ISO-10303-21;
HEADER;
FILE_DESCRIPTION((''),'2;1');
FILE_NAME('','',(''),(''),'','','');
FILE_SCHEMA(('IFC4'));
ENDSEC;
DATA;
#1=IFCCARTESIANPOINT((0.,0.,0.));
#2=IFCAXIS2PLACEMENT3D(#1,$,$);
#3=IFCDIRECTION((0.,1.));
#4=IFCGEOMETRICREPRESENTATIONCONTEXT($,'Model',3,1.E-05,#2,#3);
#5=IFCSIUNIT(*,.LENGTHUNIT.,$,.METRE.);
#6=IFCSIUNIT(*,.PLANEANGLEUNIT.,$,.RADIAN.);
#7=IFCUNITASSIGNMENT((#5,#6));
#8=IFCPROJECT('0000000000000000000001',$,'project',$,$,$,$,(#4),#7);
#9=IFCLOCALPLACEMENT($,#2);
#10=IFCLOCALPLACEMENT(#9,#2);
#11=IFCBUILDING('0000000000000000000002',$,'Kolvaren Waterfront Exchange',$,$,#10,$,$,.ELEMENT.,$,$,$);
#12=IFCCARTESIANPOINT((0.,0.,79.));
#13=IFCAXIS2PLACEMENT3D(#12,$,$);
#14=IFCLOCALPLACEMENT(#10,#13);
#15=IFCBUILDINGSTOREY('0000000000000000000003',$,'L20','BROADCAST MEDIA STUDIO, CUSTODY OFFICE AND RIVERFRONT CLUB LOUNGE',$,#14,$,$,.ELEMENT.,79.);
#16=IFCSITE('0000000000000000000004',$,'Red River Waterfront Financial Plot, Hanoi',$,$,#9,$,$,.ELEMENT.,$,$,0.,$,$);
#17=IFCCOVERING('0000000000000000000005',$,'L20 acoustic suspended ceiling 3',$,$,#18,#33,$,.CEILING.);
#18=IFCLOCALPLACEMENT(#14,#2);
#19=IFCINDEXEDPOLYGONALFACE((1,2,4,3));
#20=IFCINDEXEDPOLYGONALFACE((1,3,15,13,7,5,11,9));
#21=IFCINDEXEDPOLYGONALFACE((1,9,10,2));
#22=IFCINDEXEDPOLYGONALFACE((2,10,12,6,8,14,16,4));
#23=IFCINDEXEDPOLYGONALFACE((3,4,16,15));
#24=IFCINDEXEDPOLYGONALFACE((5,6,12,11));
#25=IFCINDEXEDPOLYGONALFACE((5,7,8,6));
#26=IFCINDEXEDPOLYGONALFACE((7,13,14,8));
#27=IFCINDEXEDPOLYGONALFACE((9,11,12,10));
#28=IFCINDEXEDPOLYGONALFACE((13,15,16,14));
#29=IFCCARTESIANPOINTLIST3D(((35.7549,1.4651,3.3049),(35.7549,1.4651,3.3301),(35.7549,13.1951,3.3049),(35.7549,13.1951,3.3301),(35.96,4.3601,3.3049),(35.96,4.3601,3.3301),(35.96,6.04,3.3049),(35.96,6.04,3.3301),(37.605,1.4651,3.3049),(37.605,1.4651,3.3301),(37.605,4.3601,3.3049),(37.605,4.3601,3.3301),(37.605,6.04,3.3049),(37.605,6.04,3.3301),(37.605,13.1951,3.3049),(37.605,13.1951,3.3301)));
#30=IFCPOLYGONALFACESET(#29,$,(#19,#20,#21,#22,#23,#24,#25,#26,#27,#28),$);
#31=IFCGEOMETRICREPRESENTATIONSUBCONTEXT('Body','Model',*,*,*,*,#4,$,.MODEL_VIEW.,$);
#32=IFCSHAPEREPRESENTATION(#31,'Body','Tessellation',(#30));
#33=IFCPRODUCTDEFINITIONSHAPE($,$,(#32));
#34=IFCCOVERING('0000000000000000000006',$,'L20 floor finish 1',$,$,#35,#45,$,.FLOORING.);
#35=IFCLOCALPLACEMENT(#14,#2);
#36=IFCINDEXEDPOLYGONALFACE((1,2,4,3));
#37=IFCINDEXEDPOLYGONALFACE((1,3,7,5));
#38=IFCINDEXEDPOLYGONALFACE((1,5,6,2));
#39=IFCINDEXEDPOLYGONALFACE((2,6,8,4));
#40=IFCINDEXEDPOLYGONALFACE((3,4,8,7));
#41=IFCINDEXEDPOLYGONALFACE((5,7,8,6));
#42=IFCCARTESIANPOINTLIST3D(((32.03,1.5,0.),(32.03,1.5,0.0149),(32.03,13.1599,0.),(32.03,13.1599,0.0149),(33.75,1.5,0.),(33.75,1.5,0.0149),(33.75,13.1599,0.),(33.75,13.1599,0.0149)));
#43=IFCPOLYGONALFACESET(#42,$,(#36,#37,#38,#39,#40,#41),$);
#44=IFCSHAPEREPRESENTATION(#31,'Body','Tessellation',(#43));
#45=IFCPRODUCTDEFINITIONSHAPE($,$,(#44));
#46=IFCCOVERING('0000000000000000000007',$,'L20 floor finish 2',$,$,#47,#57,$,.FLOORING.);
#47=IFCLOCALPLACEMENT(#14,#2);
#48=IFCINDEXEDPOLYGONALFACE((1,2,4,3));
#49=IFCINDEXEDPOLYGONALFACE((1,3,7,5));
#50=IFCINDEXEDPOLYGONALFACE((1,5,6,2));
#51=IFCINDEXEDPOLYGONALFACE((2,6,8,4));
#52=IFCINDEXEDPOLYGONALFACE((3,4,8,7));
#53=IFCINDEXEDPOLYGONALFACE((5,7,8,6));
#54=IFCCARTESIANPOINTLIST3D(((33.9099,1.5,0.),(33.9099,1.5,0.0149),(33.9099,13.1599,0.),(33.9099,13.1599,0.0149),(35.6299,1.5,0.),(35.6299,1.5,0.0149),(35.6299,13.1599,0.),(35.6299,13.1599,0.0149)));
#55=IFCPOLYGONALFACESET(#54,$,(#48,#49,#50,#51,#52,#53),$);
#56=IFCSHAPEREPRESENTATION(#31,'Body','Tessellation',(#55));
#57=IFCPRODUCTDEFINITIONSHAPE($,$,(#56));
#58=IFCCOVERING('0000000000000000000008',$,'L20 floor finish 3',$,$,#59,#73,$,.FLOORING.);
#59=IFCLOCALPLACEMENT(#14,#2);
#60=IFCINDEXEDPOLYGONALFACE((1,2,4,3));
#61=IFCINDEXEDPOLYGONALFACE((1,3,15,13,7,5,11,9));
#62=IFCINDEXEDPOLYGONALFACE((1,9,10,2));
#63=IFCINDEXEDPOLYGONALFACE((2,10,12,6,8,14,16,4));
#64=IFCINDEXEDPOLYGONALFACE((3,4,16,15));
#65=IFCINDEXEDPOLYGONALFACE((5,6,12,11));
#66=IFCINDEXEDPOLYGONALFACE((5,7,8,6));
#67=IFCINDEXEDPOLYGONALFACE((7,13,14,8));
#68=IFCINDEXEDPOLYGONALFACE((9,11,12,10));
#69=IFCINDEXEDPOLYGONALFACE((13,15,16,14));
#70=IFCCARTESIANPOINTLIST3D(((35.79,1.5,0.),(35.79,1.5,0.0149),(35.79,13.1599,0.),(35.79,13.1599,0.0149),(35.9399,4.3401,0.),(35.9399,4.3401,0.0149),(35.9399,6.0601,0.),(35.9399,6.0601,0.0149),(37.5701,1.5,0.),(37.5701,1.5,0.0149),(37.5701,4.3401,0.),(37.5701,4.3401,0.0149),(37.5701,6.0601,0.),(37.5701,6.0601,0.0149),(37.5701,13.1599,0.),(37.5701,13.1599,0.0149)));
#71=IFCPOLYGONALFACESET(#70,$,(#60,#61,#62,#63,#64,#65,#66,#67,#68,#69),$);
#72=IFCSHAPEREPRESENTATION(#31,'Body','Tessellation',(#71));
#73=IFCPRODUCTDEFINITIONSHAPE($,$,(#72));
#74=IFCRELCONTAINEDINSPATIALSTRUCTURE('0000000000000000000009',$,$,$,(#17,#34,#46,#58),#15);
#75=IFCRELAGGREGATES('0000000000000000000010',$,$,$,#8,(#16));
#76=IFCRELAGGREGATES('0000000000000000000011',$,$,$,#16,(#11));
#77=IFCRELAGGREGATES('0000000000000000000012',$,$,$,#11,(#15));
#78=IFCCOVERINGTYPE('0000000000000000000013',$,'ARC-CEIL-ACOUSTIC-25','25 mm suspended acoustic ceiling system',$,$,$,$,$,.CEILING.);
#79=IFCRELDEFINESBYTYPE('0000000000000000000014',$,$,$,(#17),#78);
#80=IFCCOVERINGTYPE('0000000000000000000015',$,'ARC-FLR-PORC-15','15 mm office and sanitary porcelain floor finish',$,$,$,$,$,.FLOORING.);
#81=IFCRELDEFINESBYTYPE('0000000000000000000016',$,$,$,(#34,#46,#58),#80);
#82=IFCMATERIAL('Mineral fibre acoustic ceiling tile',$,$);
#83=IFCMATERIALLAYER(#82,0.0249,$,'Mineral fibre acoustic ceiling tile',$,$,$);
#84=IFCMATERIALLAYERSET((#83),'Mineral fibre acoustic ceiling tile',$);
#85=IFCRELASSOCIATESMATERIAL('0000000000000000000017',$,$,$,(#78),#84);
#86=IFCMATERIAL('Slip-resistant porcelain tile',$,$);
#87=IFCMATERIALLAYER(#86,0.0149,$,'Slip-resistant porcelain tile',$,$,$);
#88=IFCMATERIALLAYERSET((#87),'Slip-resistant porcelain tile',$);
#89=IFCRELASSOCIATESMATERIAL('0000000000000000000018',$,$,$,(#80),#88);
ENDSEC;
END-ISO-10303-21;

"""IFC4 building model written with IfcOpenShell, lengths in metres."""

from ifc_helpers import new_model, si_unit, direction, frame, origin, place, context, subcontext, project, spatial, polyline, outline, extrude, material, layer, layer_set, type_object, element, save


model = new_model("IFC4")

# Units and contexts
model_context = context("Model", 3, precision=1e-05, world=origin(), true_north=direction((0.0, 1.0)))
body_context = subcontext(model_context, "Body", "Model", "MODEL_VIEW")
ifc_project = project(units=[si_unit("LENGTHUNIT", "METRE"), si_unit("PLANEANGLEUNIT", "RADIAN")], contexts=[model_context])

# Site, building, storey
site_placement = place(None, origin())
site = spatial("IfcSite", under=ifc_project, at=site_placement, Name="Red River Waterfront Financial Plot, Hanoi", CompositionType="ELEMENT", RefElevation=0.0)
building_placement = place(site_placement, origin())
building = spatial("IfcBuilding", under=site, at=building_placement, Name="Kolvaren Waterfront Exchange", CompositionType="ELEMENT")
storey_placement = place(building_placement, frame((0.0, 0.0, 79.0)))
storey = spatial("IfcBuildingStorey", under=building, at=storey_placement, Name="L20", Description="BROADCAST MEDIA STUDIO, CUSTODY OFFICE AND RIVERFRONT CLUB LOUNGE", CompositionType="ELEMENT", Elevation=79.0)

# Coverings
ifc_material_1 = material(Name="Mineral fibre acoustic ceiling tile")
ifc_layer_1 = layer(ifc_material_1, 0.0249, Name="Mineral fibre acoustic ceiling tile")
ifc_layer_set_1 = layer_set([ifc_layer_1], Name="Mineral fibre acoustic ceiling tile")
covering_type_1 = type_object("IfcCoveringType", Name="ARC-CEIL-ACOUSTIC-25", Description="25 mm suspended acoustic ceiling system", PredefinedType="CEILING", material=ifc_layer_set_1)
covering_1_placement = place(storey_placement, frame((0.0, 0.0, 3.3049)))
element("IfcCovering", 1, at=covering_1_placement, inside=storey, type_object=covering_type_1, Name="L20 acoustic suspended ceiling 3", PredefinedType="CEILING", context=body_context, shape_type="SweptSolid", body=[
    extrude(outline(polyline([(37.605, 4.3601), (35.96, 4.3601), (35.96, 6.04), (37.605, 6.04), (37.605, 13.1951), (35.7549, 13.1951), (35.7549, 1.4651), (37.605, 1.4651), (37.605, 4.3601)])), origin(), (0.0, 0.0, 1.0), 0.0251),
])
ifc_material_2 = material(Name="Slip-resistant porcelain tile")
ifc_layer_2 = layer(ifc_material_2, 0.0149, Name="Slip-resistant porcelain tile")
ifc_layer_set_2 = layer_set([ifc_layer_2], Name="Slip-resistant porcelain tile")
covering_type_2 = type_object("IfcCoveringType", Name="ARC-FLR-PORC-15", Description="15 mm office and sanitary porcelain floor finish", PredefinedType="FLOORING", material=ifc_layer_set_2)
covering_2_placement = place(storey_placement, origin())
element("IfcCovering", 2, at=covering_2_placement, inside=storey, type_object=covering_type_2, Name="L20 floor finish 1", PredefinedType="FLOORING", context=body_context, shape_type="SweptSolid", body=[
    extrude(outline(polyline([(32.03, 13.1599), (32.03, 1.5), (33.75, 1.5), (33.75, 13.1599), (32.03, 13.1599)])), origin(), (0.0, 0.0, 1.0), 0.0149),
])
covering_3_placement = place(storey_placement, origin())
element("IfcCovering", 3, at=covering_3_placement, inside=storey, type_object=covering_type_2, Name="L20 floor finish 2", PredefinedType="FLOORING", context=body_context, shape_type="SweptSolid", body=[
    extrude(outline(polyline([(33.9099, 13.1599), (33.9099, 1.5), (35.6299, 1.5), (35.6299, 13.1599), (33.9099, 13.1599)])), origin(), (0.0, 0.0, 1.0), 0.0149),
])
covering_4_placement = place(storey_placement, origin())
element("IfcCovering", 4, at=covering_4_placement, inside=storey, type_object=covering_type_2, Name="L20 floor finish 3", PredefinedType="FLOORING", context=body_context, shape_type="SweptSolid", body=[
    extrude(outline(polyline([(35.79, 13.1599), (35.79, 1.5), (37.5701, 1.5), (37.5701, 4.3401), (35.9399, 4.3401), (35.9399, 6.0601), (37.5701, 6.0601), (37.5701, 13.1599), (35.79, 13.1599)])), origin(), (0.0, 0.0, 1.0), 0.0149),
])

save(model, "model.ifc")
